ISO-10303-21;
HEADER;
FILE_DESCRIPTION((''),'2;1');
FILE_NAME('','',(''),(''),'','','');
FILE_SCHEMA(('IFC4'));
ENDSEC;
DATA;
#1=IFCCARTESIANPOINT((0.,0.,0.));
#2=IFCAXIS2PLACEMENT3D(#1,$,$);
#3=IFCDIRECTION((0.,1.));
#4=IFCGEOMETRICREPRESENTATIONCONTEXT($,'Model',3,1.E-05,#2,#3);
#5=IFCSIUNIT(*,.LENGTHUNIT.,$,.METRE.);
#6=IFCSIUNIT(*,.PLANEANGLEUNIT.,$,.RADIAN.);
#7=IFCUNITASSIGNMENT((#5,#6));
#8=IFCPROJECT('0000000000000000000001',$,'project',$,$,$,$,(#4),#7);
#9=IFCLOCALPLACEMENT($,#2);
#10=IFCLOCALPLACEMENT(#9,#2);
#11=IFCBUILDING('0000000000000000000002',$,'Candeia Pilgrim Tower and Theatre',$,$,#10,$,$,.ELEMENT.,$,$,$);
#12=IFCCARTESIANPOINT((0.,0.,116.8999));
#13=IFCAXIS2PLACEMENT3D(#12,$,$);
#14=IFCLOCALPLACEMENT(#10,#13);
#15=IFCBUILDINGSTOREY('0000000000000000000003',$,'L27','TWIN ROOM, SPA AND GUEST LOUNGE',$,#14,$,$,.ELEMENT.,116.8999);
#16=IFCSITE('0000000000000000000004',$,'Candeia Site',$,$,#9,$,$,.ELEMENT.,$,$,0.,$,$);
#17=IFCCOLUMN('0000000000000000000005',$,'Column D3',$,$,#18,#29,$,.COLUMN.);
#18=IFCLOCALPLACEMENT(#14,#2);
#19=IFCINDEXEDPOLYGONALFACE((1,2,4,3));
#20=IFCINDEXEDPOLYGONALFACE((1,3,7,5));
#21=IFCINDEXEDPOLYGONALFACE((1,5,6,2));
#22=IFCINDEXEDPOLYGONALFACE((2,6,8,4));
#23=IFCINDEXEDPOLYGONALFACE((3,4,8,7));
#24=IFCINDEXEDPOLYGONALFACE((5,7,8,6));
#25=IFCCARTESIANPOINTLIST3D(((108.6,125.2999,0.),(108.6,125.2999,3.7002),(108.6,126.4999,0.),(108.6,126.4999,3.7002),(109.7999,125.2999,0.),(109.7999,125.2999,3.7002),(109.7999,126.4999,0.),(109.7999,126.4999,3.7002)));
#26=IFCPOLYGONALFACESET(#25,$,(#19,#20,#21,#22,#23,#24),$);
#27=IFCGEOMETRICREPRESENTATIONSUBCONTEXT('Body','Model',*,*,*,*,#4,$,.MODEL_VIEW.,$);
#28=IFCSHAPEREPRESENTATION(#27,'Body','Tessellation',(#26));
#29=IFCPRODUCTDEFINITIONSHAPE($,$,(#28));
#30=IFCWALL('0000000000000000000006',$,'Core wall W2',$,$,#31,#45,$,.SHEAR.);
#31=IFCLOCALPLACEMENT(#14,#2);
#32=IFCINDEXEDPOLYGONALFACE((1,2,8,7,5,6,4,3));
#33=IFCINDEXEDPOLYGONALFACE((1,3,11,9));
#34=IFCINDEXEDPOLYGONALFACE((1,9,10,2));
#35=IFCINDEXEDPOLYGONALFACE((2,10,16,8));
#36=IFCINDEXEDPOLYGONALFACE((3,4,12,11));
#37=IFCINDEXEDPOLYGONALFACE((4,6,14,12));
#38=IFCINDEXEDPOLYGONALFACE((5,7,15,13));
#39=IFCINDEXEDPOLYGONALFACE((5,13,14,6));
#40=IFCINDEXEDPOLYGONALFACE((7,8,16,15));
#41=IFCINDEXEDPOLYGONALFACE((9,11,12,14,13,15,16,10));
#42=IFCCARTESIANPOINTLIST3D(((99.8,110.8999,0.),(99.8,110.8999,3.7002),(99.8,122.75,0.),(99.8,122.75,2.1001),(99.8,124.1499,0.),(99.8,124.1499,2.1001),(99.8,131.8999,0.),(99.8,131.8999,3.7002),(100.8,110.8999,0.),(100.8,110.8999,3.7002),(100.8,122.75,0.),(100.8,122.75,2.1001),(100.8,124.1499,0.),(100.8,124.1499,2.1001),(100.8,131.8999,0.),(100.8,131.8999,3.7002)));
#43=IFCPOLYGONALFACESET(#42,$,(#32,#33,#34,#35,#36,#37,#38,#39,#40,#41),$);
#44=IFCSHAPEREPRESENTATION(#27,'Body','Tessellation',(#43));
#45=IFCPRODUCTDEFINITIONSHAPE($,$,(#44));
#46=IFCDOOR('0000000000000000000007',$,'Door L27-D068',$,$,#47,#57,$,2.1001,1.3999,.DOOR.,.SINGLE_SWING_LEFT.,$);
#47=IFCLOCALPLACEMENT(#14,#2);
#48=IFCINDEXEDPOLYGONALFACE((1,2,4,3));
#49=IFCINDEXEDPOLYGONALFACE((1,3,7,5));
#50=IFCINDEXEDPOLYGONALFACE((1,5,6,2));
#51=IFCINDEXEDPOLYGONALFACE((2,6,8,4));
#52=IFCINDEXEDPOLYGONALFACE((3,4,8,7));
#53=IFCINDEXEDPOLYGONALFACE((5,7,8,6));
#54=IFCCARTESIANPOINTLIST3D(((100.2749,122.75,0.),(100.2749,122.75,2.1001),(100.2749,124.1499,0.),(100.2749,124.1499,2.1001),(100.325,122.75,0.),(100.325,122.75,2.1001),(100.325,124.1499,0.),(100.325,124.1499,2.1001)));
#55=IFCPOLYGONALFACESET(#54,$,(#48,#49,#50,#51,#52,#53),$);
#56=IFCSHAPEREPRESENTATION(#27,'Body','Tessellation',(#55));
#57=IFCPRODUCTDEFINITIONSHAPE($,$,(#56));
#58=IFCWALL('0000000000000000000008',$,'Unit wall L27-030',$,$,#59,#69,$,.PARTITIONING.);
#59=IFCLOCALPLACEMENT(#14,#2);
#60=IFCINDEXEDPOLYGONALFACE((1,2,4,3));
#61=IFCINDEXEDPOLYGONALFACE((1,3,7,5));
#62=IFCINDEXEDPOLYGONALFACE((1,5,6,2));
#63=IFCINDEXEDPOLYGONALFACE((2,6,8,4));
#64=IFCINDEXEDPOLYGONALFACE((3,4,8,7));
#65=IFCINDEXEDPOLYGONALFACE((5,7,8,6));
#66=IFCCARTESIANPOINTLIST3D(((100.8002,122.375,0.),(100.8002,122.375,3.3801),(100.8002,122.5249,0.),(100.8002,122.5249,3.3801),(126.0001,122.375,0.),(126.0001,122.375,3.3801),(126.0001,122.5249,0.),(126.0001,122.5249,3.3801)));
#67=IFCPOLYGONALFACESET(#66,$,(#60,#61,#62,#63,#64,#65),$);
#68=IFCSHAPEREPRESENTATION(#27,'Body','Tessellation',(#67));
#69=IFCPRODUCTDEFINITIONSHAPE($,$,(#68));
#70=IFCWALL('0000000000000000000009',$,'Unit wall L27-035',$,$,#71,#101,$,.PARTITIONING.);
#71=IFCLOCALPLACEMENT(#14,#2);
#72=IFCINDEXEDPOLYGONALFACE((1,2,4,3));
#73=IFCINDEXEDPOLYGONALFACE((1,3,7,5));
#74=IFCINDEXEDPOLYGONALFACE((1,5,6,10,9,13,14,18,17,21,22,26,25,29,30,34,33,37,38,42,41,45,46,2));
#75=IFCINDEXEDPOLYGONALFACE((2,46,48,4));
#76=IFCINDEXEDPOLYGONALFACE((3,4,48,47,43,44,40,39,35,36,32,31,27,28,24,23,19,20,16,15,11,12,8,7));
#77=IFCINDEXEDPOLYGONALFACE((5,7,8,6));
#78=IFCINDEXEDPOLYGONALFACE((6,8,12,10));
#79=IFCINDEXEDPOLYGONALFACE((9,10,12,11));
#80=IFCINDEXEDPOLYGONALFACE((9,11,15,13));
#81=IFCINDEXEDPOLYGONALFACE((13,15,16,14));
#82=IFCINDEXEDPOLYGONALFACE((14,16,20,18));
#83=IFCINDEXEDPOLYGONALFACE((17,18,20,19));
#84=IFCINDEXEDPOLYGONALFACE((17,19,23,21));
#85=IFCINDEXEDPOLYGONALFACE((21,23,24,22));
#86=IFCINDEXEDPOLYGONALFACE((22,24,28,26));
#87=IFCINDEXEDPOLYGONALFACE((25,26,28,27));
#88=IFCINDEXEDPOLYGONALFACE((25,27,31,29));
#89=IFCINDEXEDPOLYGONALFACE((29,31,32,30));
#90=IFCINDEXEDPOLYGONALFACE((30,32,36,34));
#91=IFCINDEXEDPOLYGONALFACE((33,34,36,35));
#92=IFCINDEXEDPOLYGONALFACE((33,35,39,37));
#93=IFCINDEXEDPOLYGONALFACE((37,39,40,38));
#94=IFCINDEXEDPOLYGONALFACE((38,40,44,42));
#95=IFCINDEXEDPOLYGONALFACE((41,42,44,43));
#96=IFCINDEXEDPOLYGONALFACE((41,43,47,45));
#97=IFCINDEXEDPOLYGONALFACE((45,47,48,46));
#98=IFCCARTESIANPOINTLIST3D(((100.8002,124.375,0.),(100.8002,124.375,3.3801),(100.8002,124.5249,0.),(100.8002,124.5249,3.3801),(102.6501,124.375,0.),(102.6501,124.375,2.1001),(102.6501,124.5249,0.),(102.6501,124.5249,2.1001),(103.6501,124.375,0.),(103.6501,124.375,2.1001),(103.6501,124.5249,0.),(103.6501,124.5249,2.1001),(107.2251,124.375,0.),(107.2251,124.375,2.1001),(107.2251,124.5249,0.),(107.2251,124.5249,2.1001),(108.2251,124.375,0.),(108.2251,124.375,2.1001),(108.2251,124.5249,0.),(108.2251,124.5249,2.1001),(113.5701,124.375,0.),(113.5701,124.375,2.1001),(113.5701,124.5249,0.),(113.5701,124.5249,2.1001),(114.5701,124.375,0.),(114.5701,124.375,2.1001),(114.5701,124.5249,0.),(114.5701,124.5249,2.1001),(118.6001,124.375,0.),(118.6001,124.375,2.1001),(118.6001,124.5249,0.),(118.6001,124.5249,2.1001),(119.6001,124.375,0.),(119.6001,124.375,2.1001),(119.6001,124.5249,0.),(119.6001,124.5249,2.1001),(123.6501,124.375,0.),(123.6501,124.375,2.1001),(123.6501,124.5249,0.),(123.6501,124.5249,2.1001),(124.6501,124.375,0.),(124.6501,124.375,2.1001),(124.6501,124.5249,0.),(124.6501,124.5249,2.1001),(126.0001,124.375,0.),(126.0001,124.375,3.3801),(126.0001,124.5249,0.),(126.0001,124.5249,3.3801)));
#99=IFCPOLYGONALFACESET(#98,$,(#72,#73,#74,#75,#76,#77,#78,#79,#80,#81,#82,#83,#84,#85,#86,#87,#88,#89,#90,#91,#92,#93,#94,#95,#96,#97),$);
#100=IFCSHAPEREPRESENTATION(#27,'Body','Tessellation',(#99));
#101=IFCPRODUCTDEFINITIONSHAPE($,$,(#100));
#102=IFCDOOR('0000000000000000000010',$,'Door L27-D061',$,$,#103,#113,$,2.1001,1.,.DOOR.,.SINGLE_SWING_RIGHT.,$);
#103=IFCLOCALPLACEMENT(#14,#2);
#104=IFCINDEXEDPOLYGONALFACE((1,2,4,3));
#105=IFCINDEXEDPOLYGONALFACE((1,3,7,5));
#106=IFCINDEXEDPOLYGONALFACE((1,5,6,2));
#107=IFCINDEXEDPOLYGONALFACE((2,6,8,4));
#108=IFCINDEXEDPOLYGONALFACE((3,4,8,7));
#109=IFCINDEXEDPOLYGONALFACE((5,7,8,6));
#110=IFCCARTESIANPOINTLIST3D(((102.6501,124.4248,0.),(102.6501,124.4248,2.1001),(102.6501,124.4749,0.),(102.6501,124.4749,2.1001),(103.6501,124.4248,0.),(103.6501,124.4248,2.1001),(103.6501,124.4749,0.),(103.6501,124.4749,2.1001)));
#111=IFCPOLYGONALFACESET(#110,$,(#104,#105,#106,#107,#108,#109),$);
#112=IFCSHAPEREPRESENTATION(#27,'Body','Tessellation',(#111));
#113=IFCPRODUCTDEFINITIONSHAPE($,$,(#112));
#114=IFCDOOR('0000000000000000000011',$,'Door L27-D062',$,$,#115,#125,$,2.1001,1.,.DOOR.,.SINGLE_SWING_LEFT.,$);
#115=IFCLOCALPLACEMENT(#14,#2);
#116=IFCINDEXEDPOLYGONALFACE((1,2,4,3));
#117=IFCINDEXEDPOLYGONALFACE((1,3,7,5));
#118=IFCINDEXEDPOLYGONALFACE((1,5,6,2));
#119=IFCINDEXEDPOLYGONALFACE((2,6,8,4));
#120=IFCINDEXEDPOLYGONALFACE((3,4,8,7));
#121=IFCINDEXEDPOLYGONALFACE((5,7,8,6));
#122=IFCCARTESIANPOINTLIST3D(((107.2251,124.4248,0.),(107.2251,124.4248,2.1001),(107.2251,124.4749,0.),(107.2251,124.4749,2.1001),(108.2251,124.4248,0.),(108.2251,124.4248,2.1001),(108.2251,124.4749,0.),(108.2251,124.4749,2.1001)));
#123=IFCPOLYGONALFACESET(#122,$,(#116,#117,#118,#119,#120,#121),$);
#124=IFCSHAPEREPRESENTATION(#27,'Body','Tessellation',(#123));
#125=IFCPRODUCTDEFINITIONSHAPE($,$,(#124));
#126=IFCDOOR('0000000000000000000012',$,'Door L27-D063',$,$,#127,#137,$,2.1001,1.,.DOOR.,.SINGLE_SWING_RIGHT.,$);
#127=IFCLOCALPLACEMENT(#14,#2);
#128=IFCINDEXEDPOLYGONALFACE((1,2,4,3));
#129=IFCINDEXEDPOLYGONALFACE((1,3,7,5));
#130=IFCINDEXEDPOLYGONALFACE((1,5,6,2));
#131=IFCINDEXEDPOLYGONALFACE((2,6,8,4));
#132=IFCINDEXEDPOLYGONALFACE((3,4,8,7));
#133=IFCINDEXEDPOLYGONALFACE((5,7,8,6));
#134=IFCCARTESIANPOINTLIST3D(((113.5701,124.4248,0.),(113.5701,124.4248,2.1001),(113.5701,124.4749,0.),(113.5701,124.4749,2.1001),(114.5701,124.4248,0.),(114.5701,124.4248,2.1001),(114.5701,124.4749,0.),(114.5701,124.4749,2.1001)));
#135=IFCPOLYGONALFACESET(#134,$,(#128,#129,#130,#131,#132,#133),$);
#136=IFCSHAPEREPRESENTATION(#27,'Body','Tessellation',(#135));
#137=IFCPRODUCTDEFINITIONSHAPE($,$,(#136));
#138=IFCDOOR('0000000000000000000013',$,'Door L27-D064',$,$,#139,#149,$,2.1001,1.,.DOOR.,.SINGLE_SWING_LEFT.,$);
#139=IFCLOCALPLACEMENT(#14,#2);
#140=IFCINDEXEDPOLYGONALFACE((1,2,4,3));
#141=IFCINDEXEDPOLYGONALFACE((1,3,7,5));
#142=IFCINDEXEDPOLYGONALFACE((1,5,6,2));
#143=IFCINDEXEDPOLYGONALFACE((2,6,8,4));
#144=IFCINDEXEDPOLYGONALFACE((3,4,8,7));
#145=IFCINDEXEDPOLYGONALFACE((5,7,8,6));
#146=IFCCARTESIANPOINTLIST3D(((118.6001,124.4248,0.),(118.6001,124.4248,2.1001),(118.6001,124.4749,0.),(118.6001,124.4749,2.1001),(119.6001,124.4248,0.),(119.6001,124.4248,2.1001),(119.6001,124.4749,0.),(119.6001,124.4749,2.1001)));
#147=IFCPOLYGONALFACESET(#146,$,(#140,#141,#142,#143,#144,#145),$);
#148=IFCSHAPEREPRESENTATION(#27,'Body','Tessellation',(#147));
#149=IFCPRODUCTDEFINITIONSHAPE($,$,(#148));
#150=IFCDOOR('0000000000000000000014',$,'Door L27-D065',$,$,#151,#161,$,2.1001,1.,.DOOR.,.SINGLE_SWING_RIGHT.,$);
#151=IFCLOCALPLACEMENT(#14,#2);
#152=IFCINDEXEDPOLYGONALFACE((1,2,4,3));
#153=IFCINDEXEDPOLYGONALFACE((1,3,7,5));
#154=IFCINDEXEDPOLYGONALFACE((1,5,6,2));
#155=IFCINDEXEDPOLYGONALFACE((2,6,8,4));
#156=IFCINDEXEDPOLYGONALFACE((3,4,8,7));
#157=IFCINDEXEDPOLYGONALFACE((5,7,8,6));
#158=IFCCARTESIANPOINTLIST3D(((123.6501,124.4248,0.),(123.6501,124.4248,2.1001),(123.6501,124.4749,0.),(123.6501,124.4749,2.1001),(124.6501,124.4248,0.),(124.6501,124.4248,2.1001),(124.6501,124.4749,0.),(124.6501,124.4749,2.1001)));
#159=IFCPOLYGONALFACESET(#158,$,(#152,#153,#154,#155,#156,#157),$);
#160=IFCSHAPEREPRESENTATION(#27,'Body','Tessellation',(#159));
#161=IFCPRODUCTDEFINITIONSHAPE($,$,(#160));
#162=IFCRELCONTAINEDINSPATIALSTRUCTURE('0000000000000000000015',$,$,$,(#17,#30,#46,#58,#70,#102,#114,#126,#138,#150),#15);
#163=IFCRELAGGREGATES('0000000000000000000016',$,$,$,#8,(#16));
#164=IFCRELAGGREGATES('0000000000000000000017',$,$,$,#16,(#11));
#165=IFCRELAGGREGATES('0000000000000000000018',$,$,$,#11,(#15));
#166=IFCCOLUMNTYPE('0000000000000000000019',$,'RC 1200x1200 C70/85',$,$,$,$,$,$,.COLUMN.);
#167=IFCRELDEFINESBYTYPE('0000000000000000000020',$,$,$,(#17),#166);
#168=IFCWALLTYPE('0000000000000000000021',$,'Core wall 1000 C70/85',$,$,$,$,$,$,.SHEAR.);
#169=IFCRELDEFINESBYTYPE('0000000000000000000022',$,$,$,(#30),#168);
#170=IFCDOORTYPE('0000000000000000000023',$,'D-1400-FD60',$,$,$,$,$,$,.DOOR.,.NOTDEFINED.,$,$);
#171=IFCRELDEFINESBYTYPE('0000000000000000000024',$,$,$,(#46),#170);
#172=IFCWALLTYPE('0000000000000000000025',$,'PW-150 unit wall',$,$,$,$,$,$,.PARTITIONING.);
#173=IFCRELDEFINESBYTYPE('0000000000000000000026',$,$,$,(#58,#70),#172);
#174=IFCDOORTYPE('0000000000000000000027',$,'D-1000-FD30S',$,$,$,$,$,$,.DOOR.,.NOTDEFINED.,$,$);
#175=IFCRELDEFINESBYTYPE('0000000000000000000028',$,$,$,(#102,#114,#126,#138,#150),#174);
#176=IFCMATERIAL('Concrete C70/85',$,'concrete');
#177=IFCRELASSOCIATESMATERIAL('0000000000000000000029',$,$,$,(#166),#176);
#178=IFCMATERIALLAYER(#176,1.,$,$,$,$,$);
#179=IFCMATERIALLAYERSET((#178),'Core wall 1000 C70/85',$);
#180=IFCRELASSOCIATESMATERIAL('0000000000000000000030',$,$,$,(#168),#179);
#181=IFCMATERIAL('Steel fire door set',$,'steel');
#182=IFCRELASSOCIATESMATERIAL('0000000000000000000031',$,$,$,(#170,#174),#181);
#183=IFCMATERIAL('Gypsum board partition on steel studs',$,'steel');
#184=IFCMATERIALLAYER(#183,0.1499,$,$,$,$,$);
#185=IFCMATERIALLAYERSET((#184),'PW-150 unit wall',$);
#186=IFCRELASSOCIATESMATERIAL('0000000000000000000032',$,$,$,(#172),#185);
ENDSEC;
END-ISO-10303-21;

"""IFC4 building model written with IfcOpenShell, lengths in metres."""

from ifc_helpers import new_model, si_unit, direction, frame, frame_2d, origin, origin_2d, place, context, subcontext, project, spatial, rectangle, extrude, material, layer, layer_set, material_profile, profile_set, type_object, element, fill, save


model = new_model("IFC4")

# Units and contexts
model_context = context("Model", 3, precision=1e-05, world=origin(), true_north=direction((0.0, 1.0)))
body_context = subcontext(model_context, "Body", "Model", "MODEL_VIEW")
ifc_project = project(units=[si_unit("LENGTHUNIT", "METRE"), si_unit("PLANEANGLEUNIT", "RADIAN")], contexts=[model_context])

# Site, building, storey
site_placement = place(None, origin())
site = spatial("IfcSite", under=ifc_project, at=site_placement, Name="Candeia Site", CompositionType="ELEMENT", RefElevation=0.0)
building_placement = place(site_placement, origin())
building = spatial("IfcBuilding", under=site, at=building_placement, Name="Candeia Pilgrim Tower and Theatre", CompositionType="ELEMENT")
storey_placement = place(building_placement, frame((0.0, 0.0, 116.8999)))
storey = spatial("IfcBuildingStorey", under=building, at=storey_placement, Name="L27", Description="TWIN ROOM, SPA AND GUEST LOUNGE", CompositionType="ELEMENT", Elevation=116.8999)

# Column
ifc_material_1 = material(Name="Concrete C70/85", Category="concrete")
ifc_material_profile = material_profile(ifc_material_1, rectangle(XDim=1.2, YDim=1.2, at=origin_2d()))
ifc_profile_set = profile_set([ifc_material_profile], Name="Concrete C70/85")
column_type = type_object("IfcColumnType", Name="RC 1200x1200 C70/85", PredefinedType="COLUMN", material=ifc_profile_set)
column_placement = place(storey_placement, frame((109.2, 125.8999, 0.0), z_axis=(0.0, 0.0, 1.0), x_axis=(1.0, 0.0, 0.0)))
element("IfcColumn", 1, at=column_placement, inside=storey, type_object=column_type, Name="Column D3", PredefinedType="COLUMN", context=body_context, shape_type="SweptSolid", body=[
    extrude(rectangle(XDim=1.2, YDim=1.2, at=origin_2d()), origin(), (0.0, 0.0, 1.0), 3.7002),
])

# Wall, opening, door
ifc_layer_1 = layer(ifc_material_1, 1.0)
ifc_layer_set_1 = layer_set([ifc_layer_1], Name="Core wall 1000 C70/85")
wall_type_1 = type_object("IfcWallType", Name="Core wall 1000 C70/85", PredefinedType="SHEAR", material=ifc_layer_set_1)
wall_1_placement = place(storey_placement, frame((100.3, 131.8999, 0.0), z_axis=(0.0, 0.0, 1.0), x_axis=(0.0, -1.0, 0.0)))
wall_1 = element("IfcWall", 2, at=wall_1_placement, inside=storey, type_object=wall_type_1, Name="Core wall W2", PredefinedType="SHEAR", context=body_context, shape_type="SweptSolid", body=[
    extrude(rectangle(XDim=21.0, YDim=1.0, at=frame_2d((10.5, 0.0))), origin(), (0.0, 0.0, 1.0), 3.7002),
])
opening_1_placement = place(wall_1_placement, frame((7.75, 0.0, 0.0)))
opening_1 = element("IfcOpeningElement", 3, at=opening_1_placement, cuts=wall_1, PredefinedType="OPENING", context=body_context, shape_type="SweptSolid", body=[
    extrude(rectangle(XDim=1.3999, YDim=2.1001, at=frame_2d((0.7, 1.05))), frame((0.0, 0.51, 0.0), z_axis=(0.0, -1.0, 0.0), x_axis=(1.0, 0.0, 0.0)), (0.0, 0.0, 1.0), 1.02),
])
ifc_material_2 = material(Name="Steel fire door set", Category="steel")
door_type_1 = type_object("IfcDoorType", Name="D-1400-FD60", OperationType="NOTDEFINED", PredefinedType="DOOR", material=ifc_material_2)
door_1_placement = place(opening_1_placement, origin())
door_1 = element("IfcDoor", 4, at=door_1_placement, inside=storey, type_object=door_type_1, Name="Door L27-D068", OperationType="SINGLE_SWING_LEFT", OverallHeight=2.1001, OverallWidth=1.3999, PredefinedType="DOOR", context=body_context, shape_type="SweptSolid", body=[
    extrude(rectangle(XDim=1.3999, YDim=2.1001, at=frame_2d((0.7, 1.05))), frame((0.0, 0.0249, 0.0), z_axis=(0.0, -1.0, 0.0), x_axis=(1.0, 0.0, 0.0)), (0.0, 0.0, 1.0), 0.05),
])
fill(opening_1, door_1)

# Wall
ifc_material_3 = material(Name="Gypsum board partition on steel studs", Category="steel")
ifc_layer_2 = layer(ifc_material_3, 0.1499)
ifc_layer_set_2 = layer_set([ifc_layer_2], Name="PW-150 unit wall")
wall_type_2 = type_object("IfcWallType", Name="PW-150 unit wall", PredefinedType="PARTITIONING", material=ifc_layer_set_2)
wall_2_placement = place(storey_placement, frame((100.8, 122.45, 0.0), z_axis=(0.0, 0.0, 1.0), x_axis=(1.0, 0.0, 0.0)))
element("IfcWall", 5, at=wall_2_placement, inside=storey, type_object=wall_type_2, Name="Unit wall L27-030", PredefinedType="PARTITIONING", context=body_context, shape_type="SweptSolid", body=[
    extrude(rectangle(XDim=25.2, YDim=0.1499, at=frame_2d((12.6001, 0.0))), origin(), (0.0, 0.0, 1.0), 3.3801),
])

# Wall, openings, doors
wall_3_placement = place(storey_placement, frame((100.8, 124.45, 0.0), z_axis=(0.0, 0.0, 1.0), x_axis=(1.0, 0.0, 0.0)))
wall_3 = element("IfcWall", 6, at=wall_3_placement, inside=storey, type_object=wall_type_2, Name="Unit wall L27-035", PredefinedType="PARTITIONING", context=body_context, shape_type="SweptSolid", body=[
    extrude(rectangle(XDim=25.2, YDim=0.1499, at=frame_2d((12.6001, 0.0))), origin(), (0.0, 0.0, 1.0), 3.3801),
])
opening_2_placement = place(wall_3_placement, frame((1.8501, 0.0, 0.0)))
opening_2 = element("IfcOpeningElement", 7, at=opening_2_placement, cuts=wall_3, PredefinedType="OPENING", context=body_context, shape_type="SweptSolid", body=[
    extrude(rectangle(XDim=1.0, YDim=2.1001, at=frame_2d((0.5, 1.05))), frame((0.0, 0.085, 0.0), z_axis=(0.0, -1.0, 0.0), x_axis=(1.0, 0.0, 0.0)), (0.0, 0.0, 1.0), 0.1699),
])
opening_3_placement = place(wall_3_placement, frame((6.425, 0.0, 0.0)))
opening_3 = element("IfcOpeningElement", 8, at=opening_3_placement, cuts=wall_3, PredefinedType="OPENING", context=body_context, shape_type="SweptSolid", body=[
    extrude(rectangle(XDim=1.0, YDim=2.1001, at=frame_2d((0.5, 1.05))), frame((0.0, 0.085, 0.0), z_axis=(0.0, -1.0, 0.0), x_axis=(1.0, 0.0, 0.0)), (0.0, 0.0, 1.0), 0.1699),
])
opening_4_placement = place(wall_3_placement, frame((12.77, 0.0, 0.0)))
opening_4 = element("IfcOpeningElement", 9, at=opening_4_placement, cuts=wall_3, PredefinedType="OPENING", context=body_context, shape_type="SweptSolid", body=[
    extrude(rectangle(XDim=1.0, YDim=2.1001, at=frame_2d((0.5, 1.05))), frame((0.0, 0.085, 0.0), z_axis=(0.0, -1.0, 0.0), x_axis=(1.0, 0.0, 0.0)), (0.0, 0.0, 1.0), 0.1699),
])
opening_5_placement = place(wall_3_placement, frame((17.8, 0.0, 0.0)))
opening_5 = element("IfcOpeningElement", 10, at=opening_5_placement, cuts=wall_3, PredefinedType="OPENING", context=body_context, shape_type="SweptSolid", body=[
    extrude(rectangle(XDim=1.0, YDim=2.1001, at=frame_2d((0.5, 1.05))), frame((0.0, 0.085, 0.0), z_axis=(0.0, -1.0, 0.0), x_axis=(1.0, 0.0, 0.0)), (0.0, 0.0, 1.0), 0.1699),
])
opening_6_placement = place(wall_3_placement, frame((22.8501, 0.0, 0.0)))
opening_6 = element("IfcOpeningElement", 11, at=opening_6_placement, cuts=wall_3, PredefinedType="OPENING", context=body_context, shape_type="SweptSolid", body=[
    extrude(rectangle(XDim=1.0, YDim=2.1001, at=frame_2d((0.5, 1.05))), frame((0.0, 0.085, 0.0), z_axis=(0.0, -1.0, 0.0), x_axis=(1.0, 0.0, 0.0)), (0.0, 0.0, 1.0), 0.1699),
])
door_type_2 = type_object("IfcDoorType", Name="D-1000-FD30S", OperationType="NOTDEFINED", PredefinedType="DOOR", material=ifc_material_2)
door_2_placement = place(opening_2_placement, origin())
door_2 = element("IfcDoor", 12, at=door_2_placement, inside=storey, type_object=door_type_2, Name="Door L27-D061", OperationType="SINGLE_SWING_RIGHT", OverallHeight=2.1001, OverallWidth=1.0, PredefinedType="DOOR", context=body_context, shape_type="SweptSolid", body=[
    extrude(rectangle(XDim=1.0, YDim=2.1001, at=frame_2d((0.5, 1.05))), frame((0.0, 0.0249, 0.0), z_axis=(0.0, -1.0, 0.0), x_axis=(1.0, 0.0, 0.0)), (0.0, 0.0, 1.0), 0.05),
])
fill(opening_2, door_2)
door_3_placement = place(opening_3_placement, origin())
door_3 = element("IfcDoor", 13, at=door_3_placement, inside=storey, type_object=door_type_2, Name="Door L27-D062", OperationType="SINGLE_SWING_LEFT", OverallHeight=2.1001, OverallWidth=1.0, PredefinedType="DOOR", context=body_context, shape_type="SweptSolid", body=[
    extrude(rectangle(XDim=1.0, YDim=2.1001, at=frame_2d((0.5, 1.05))), frame((0.0, 0.0249, 0.0), z_axis=(0.0, -1.0, 0.0), x_axis=(1.0, 0.0, 0.0)), (0.0, 0.0, 1.0), 0.05),
])
fill(opening_3, door_3)
door_4_placement = place(opening_4_placement, origin())
door_4 = element("IfcDoor", 14, at=door_4_placement, inside=storey, type_object=door_type_2, Name="Door L27-D063", OperationType="SINGLE_SWING_RIGHT", OverallHeight=2.1001, OverallWidth=1.0, PredefinedType="DOOR", context=body_context, shape_type="SweptSolid", body=[
    extrude(rectangle(XDim=1.0, YDim=2.1001, at=frame_2d((0.5, 1.05))), frame((0.0, 0.0249, 0.0), z_axis=(0.0, -1.0, 0.0), x_axis=(1.0, 0.0, 0.0)), (0.0, 0.0, 1.0), 0.05),
])
fill(opening_4, door_4)
door_5_placement = place(opening_5_placement, origin())
door_5 = element("IfcDoor", 15, at=door_5_placement, inside=storey, type_object=door_type_2, Name="Door L27-D064", OperationType="SINGLE_SWING_LEFT", OverallHeight=2.1001, OverallWidth=1.0, PredefinedType="DOOR", context=body_context, shape_type="SweptSolid", body=[
    extrude(rectangle(XDim=1.0, YDim=2.1001, at=frame_2d((0.5, 1.05))), frame((0.0, 0.0249, 0.0), z_axis=(0.0, -1.0, 0.0), x_axis=(1.0, 0.0, 0.0)), (0.0, 0.0, 1.0), 0.05),
])
fill(opening_5, door_5)
door_6_placement = place(opening_6_placement, origin())
door_6 = element("IfcDoor", 16, at=door_6_placement, inside=storey, type_object=door_type_2, Name="Door L27-D065", OperationType="SINGLE_SWING_RIGHT", OverallHeight=2.1001, OverallWidth=1.0, PredefinedType="DOOR", context=body_context, shape_type="SweptSolid", body=[
    extrude(rectangle(XDim=1.0, YDim=2.1001, at=frame_2d((0.5, 1.05))), frame((0.0, 0.0249, 0.0), z_axis=(0.0, -1.0, 0.0), x_axis=(1.0, 0.0, 0.0)), (0.0, 0.0, 1.0), 0.05),
])
fill(opening_6, door_6)

save(model, "model.ifc")
